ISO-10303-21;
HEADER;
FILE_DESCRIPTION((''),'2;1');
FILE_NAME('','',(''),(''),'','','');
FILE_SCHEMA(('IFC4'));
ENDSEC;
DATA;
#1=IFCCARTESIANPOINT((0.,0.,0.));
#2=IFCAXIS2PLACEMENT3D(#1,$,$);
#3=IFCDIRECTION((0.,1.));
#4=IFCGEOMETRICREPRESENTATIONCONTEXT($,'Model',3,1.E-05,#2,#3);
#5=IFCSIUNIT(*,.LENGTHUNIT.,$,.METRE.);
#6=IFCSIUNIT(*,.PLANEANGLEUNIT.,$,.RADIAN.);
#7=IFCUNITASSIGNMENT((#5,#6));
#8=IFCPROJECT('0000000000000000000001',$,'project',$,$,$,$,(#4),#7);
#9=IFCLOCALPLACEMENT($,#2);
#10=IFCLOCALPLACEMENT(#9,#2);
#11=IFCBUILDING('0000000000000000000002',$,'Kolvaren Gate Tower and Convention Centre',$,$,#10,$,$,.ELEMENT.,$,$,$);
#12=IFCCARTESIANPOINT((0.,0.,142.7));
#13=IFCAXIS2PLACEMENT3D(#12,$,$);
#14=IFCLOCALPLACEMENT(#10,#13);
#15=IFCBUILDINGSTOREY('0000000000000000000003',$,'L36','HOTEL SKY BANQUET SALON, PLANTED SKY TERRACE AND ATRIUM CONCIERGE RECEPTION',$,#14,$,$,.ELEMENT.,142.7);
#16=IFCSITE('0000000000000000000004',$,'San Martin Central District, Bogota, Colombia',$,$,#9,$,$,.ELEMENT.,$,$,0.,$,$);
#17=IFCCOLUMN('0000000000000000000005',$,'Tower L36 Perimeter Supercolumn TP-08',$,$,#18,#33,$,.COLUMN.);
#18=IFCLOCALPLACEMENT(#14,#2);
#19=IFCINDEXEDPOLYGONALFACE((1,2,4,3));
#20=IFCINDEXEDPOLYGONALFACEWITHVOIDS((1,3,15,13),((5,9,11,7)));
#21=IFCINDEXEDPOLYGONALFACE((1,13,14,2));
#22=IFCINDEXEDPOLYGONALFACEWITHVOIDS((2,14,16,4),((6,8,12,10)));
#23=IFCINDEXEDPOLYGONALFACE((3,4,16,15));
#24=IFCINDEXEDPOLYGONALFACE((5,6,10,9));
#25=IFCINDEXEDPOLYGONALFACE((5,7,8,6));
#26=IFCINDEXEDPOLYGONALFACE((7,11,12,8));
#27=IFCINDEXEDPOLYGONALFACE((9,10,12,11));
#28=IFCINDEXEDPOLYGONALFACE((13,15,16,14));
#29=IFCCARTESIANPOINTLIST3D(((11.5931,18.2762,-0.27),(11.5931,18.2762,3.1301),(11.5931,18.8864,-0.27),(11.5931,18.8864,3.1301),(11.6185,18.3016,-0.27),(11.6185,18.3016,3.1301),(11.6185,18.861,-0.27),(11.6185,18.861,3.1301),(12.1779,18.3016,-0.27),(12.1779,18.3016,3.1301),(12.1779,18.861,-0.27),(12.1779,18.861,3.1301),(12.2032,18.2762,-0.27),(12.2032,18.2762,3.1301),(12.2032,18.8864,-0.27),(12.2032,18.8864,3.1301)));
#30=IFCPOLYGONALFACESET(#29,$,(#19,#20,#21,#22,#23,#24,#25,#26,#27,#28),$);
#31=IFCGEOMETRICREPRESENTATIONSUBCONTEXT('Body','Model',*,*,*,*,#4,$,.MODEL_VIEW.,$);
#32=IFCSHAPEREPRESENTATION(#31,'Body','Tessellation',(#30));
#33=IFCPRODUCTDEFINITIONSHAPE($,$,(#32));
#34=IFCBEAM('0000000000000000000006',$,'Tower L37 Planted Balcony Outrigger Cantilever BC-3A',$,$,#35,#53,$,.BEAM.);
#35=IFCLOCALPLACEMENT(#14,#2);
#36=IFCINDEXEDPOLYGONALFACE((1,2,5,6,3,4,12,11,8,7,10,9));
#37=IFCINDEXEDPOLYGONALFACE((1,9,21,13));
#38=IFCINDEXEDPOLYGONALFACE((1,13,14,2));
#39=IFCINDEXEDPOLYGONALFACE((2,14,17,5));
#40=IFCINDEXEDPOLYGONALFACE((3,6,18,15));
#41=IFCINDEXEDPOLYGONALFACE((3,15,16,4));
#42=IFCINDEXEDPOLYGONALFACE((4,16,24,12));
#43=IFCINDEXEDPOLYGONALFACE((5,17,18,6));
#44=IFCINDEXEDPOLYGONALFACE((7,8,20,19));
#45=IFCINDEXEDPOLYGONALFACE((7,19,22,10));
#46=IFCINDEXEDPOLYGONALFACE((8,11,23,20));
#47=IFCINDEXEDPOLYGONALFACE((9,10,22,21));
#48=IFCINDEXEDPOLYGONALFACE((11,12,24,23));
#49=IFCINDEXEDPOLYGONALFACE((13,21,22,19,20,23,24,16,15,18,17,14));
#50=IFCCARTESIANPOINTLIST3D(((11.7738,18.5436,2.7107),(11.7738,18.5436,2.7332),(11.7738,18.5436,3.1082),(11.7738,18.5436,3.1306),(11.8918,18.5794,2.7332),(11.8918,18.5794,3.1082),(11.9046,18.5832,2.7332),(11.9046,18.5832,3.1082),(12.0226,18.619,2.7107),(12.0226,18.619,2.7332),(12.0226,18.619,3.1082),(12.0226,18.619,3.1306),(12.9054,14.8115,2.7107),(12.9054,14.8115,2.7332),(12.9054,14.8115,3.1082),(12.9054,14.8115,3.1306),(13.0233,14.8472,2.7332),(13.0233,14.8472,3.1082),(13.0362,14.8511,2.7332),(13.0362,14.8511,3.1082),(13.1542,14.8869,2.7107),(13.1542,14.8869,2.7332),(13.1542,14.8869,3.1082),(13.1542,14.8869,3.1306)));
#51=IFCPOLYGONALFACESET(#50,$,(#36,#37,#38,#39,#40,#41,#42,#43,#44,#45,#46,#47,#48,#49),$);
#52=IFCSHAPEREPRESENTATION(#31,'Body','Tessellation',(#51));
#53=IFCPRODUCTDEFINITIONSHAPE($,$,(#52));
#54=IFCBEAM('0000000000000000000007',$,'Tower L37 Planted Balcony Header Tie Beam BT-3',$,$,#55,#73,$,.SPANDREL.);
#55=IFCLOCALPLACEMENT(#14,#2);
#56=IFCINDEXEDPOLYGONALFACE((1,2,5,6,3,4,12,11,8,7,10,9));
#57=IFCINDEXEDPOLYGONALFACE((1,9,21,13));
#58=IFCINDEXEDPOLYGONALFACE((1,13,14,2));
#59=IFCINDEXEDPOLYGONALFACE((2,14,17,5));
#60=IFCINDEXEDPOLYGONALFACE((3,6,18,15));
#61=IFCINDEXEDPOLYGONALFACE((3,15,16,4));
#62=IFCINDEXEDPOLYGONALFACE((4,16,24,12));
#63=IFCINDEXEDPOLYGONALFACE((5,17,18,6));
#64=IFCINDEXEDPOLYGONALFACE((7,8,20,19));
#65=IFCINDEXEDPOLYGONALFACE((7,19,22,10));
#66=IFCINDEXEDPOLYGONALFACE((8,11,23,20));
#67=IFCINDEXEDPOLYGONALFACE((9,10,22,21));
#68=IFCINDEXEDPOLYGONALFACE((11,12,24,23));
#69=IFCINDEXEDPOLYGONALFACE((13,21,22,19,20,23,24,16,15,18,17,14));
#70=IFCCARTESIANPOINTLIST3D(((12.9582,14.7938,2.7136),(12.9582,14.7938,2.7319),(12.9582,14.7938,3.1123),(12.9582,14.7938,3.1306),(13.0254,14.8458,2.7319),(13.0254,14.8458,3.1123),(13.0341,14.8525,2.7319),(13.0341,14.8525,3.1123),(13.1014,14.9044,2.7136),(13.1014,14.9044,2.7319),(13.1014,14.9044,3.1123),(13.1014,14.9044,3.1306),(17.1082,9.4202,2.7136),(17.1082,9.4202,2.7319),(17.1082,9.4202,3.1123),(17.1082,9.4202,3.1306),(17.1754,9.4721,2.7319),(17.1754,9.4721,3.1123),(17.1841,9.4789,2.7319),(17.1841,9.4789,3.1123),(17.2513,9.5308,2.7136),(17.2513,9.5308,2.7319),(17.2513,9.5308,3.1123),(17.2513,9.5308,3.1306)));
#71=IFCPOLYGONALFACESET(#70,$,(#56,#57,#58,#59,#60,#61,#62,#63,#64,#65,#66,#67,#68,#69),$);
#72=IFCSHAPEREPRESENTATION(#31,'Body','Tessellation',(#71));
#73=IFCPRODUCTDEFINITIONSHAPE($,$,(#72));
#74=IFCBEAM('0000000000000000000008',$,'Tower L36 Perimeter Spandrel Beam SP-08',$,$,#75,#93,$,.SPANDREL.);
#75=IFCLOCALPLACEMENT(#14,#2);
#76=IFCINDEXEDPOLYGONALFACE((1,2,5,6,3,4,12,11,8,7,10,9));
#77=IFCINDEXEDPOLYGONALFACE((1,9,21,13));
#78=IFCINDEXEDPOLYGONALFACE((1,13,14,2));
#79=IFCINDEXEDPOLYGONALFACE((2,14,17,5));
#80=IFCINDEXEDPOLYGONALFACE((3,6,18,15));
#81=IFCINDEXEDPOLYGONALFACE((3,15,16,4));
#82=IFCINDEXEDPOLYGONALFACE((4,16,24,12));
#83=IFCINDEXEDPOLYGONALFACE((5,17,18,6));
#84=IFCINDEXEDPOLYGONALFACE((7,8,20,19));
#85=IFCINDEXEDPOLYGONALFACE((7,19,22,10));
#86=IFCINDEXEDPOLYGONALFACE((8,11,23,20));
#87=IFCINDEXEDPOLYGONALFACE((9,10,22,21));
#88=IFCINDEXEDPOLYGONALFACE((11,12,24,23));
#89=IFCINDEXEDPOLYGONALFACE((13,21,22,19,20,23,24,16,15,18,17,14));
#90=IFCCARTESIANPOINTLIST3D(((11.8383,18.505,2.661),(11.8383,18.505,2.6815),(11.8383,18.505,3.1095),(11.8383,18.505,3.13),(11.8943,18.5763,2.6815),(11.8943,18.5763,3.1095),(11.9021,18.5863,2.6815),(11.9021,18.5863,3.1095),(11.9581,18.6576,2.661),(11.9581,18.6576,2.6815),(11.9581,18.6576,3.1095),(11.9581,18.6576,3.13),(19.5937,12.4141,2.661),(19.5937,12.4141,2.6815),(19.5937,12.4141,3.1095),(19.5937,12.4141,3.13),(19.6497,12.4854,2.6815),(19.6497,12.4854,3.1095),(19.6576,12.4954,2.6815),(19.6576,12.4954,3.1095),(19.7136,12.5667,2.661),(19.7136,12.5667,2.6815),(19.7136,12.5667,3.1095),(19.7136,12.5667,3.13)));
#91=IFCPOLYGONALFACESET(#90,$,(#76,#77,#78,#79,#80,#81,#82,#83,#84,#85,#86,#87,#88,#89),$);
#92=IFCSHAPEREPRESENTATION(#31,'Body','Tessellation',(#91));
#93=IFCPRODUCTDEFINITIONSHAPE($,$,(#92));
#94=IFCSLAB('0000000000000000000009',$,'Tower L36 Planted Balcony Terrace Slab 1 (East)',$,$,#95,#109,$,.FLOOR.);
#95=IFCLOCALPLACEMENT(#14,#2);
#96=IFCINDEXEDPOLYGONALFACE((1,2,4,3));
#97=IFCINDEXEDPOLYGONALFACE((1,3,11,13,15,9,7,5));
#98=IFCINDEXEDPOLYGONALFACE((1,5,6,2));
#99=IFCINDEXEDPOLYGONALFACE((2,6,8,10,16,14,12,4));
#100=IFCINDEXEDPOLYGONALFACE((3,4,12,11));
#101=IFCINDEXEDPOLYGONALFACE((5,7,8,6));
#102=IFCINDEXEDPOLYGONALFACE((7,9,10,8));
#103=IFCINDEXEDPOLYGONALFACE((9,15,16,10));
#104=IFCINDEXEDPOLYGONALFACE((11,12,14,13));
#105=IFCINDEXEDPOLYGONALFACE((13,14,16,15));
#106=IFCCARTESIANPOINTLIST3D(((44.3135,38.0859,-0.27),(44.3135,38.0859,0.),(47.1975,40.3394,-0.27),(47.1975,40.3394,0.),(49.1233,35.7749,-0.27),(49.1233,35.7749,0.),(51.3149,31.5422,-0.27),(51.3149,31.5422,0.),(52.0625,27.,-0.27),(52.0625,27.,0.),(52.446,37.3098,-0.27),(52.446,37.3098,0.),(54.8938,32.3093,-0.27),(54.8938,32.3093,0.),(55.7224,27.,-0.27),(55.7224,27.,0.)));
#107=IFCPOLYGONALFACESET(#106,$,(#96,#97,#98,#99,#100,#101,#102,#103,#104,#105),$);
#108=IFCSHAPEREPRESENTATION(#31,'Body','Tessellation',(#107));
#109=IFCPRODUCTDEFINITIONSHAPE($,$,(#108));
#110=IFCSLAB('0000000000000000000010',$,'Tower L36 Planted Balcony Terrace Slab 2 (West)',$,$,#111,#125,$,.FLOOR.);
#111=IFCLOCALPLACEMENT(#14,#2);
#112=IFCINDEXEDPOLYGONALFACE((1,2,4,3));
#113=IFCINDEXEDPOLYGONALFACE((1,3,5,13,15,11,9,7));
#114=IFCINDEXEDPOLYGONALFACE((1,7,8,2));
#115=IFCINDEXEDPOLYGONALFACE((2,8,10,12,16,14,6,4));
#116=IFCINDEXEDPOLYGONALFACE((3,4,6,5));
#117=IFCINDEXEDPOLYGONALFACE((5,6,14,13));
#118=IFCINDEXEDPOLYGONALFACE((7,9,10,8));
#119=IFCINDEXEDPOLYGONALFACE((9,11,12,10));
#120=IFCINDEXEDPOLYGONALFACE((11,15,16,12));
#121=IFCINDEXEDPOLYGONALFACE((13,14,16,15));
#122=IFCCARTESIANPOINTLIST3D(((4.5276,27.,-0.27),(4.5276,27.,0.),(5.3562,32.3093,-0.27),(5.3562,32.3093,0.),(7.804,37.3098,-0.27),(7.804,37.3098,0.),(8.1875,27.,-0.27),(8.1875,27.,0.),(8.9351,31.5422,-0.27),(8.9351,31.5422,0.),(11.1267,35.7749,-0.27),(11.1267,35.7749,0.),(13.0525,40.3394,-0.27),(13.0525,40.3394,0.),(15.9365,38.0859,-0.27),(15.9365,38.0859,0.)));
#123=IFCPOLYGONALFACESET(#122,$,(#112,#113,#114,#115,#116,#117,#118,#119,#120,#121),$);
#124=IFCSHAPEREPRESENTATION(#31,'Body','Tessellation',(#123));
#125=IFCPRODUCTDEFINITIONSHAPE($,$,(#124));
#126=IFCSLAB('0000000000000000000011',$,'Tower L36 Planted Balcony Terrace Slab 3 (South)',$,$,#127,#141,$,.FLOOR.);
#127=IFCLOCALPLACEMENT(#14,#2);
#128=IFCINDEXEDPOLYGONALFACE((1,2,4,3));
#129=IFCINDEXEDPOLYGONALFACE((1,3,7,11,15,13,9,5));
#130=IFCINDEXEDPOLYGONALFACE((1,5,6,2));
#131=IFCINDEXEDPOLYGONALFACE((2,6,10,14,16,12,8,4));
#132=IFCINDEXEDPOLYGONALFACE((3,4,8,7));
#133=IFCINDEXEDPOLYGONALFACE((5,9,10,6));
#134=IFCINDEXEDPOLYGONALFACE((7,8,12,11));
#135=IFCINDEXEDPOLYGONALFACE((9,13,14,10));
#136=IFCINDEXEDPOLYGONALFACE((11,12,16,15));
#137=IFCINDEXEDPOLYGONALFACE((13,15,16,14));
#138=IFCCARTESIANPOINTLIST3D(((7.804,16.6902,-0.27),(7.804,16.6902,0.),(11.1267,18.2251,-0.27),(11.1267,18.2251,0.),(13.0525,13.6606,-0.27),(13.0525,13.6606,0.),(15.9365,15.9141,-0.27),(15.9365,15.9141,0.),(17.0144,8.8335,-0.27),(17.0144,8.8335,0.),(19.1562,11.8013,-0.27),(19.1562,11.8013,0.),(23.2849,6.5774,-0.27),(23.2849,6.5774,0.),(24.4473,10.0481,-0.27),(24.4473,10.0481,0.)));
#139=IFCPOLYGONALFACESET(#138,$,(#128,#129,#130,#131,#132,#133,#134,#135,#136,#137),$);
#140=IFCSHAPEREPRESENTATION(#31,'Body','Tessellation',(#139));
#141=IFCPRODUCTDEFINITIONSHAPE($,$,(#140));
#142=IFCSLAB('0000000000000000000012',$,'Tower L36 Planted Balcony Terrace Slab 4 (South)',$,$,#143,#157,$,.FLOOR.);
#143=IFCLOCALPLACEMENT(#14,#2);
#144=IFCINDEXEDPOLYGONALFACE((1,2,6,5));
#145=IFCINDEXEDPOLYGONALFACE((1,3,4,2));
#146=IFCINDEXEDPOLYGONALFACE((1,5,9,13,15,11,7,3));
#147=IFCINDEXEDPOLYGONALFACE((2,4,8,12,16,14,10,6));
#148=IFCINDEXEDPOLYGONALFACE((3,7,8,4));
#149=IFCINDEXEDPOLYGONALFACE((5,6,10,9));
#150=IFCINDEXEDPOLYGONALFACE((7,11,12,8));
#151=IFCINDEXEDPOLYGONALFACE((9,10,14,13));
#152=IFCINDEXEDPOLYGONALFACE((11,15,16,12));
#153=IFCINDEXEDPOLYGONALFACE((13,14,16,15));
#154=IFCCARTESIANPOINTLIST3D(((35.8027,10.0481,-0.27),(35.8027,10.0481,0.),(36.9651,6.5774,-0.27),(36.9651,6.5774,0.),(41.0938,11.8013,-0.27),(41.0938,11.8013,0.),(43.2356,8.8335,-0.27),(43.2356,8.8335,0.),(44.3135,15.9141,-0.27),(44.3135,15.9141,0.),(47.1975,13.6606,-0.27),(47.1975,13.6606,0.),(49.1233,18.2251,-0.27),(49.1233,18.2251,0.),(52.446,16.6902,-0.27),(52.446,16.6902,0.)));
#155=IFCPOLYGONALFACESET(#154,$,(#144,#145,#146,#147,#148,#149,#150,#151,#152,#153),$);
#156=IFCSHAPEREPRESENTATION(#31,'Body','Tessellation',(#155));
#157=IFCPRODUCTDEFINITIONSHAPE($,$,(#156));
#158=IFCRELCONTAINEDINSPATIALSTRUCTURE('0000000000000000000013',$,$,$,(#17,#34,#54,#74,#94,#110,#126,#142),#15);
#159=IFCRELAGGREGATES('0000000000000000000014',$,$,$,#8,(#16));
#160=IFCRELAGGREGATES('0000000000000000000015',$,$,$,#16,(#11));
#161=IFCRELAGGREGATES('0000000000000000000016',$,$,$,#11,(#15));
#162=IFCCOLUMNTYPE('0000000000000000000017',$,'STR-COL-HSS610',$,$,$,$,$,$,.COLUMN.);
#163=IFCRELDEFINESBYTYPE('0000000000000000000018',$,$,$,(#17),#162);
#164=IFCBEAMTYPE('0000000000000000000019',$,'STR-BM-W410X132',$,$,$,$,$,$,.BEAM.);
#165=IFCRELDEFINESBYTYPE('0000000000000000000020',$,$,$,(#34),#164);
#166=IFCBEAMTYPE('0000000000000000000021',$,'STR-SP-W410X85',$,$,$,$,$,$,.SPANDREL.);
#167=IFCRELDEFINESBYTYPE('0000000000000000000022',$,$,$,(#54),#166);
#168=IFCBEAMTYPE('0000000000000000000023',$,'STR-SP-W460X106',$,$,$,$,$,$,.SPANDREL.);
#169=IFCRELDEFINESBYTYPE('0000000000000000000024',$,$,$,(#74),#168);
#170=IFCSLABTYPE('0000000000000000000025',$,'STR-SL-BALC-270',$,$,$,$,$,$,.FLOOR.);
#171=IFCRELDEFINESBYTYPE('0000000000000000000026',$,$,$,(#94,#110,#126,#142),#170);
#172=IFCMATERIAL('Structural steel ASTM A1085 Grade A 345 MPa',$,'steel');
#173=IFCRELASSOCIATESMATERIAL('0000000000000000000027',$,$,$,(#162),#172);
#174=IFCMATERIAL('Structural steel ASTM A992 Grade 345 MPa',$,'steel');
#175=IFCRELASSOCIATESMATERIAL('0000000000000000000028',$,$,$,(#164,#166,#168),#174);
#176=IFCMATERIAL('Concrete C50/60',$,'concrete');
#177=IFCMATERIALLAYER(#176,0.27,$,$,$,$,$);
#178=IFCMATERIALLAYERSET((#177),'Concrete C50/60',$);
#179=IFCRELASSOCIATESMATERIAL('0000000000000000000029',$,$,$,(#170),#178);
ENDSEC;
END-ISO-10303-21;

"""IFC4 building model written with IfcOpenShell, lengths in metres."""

from ifc_helpers import new_model, si_unit, direction, frame, origin, origin_2d, place, context, subcontext, project, spatial, polyline, hollow_rectangle, i_section, outline, extrude, material, layer, layer_set, material_profile, profile_set, type_object, element, save


model = new_model("IFC4")

# Units and contexts
model_context = context("Model", 3, precision=1e-05, world=origin(), true_north=direction((0.0, 1.0)))
body_context = subcontext(model_context, "Body", "Model", "MODEL_VIEW")
ifc_project = project(units=[si_unit("LENGTHUNIT", "METRE"), si_unit("PLANEANGLEUNIT", "RADIAN")], contexts=[model_context])

# Site, building, storey
site_placement = place(None, origin())
site = spatial("IfcSite", under=ifc_project, at=site_placement, Name="San Martin Central District, Bogota, Colombia", CompositionType="ELEMENT", RefElevation=0.0)
building_placement = place(site_placement, origin())
building = spatial("IfcBuilding", under=site, at=building_placement, Name="Kolvaren Gate Tower and Convention Centre", CompositionType="ELEMENT")
storey_placement = place(building_placement, frame((0.0, 0.0, 142.7)))
storey = spatial("IfcBuildingStorey", under=building, at=storey_placement, Name="L36", Description="HOTEL SKY BANQUET SALON, PLANTED SKY TERRACE AND ATRIUM CONCIERGE RECEPTION", CompositionType="ELEMENT", Elevation=142.7)

# Column
ifc_material_1 = material(Name="Structural steel ASTM A1085 Grade A 345 MPa", Category="steel")
ifc_material_profile_1 = material_profile(ifc_material_1, hollow_rectangle(XDim=0.6101, YDim=0.6101, WallThickness=0.0254, at=origin_2d()), Name="HSS610X610X25.4")
ifc_profile_set_1 = profile_set([ifc_material_profile_1], Name="Structural steel ASTM A1085 Grade A 345 MPa")
column_type = type_object("IfcColumnType", Name="STR-COL-HSS610", PredefinedType="COLUMN", material=ifc_profile_set_1)
column_placement = place(storey_placement, frame((11.8982, 18.5813, -0.27), z_axis=(0.0, 0.0, 1.0), x_axis=(1.0, 0.0, 0.0)))
element("IfcColumn", 1, at=column_placement, inside=storey, type_object=column_type, Name="Tower L36 Perimeter Supercolumn TP-08", PredefinedType="COLUMN", context=body_context, shape_type="SweptSolid", body=[
    extrude(hollow_rectangle(XDim=0.6101, YDim=0.6101, WallThickness=0.0254, at=origin_2d()), origin(), (0.0, 0.0, 1.0), 3.4001),
])

# Beams
ifc_material_2 = material(Name="Structural steel ASTM A992 Grade 345 MPa", Category="steel")
ifc_material_profile_2 = material_profile(ifc_material_2, i_section(OverallWidth=0.26, OverallDepth=0.4199, WebThickness=0.0134, FlangeThickness=0.0225, at=origin_2d()), Name="W410X132")
ifc_profile_set_2 = profile_set([ifc_material_profile_2], Name="Structural steel ASTM A992 Grade 345 MPa")
beam_type_1 = type_object("IfcBeamType", Name="STR-BM-W410X132", PredefinedType="BEAM", material=ifc_profile_set_2)
beam_1_placement = place(storey_placement, frame((11.8982, 18.5813, 2.9207), z_axis=(0.290155, -0.95698, 0.0), x_axis=(0.95698, 0.290155, 0.0)))
element("IfcBeam", 2, at=beam_1_placement, inside=storey, type_object=beam_type_1, Name="Tower L37 Planted Balcony Outrigger Cantilever BC-3A", PredefinedType="BEAM", context=body_context, shape_type="SweptSolid", body=[
    extrude(i_section(OverallWidth=0.26, OverallDepth=0.4199, WebThickness=0.0134, FlangeThickness=0.0225, at=origin_2d()), origin(), (0.0, 0.0, 1.0), 3.8999),
])
ifc_material_profile_3 = material_profile(ifc_material_2, i_section(OverallWidth=0.1809, OverallDepth=0.417, WebThickness=0.011, FlangeThickness=0.0183, at=origin_2d()), Name="W410X85")
ifc_profile_set_3 = profile_set([ifc_material_profile_3], Name="Structural steel ASTM A992 Grade 345 MPa")
beam_type_2 = type_object("IfcBeamType", Name="STR-SP-W410X85", PredefinedType="SPANDREL", material=ifc_profile_set_3)
beam_2_placement = place(storey_placement, frame((13.0298, 14.8491, 2.9221), z_axis=(0.611228, -0.791454, 0.0), x_axis=(0.791454, 0.611228, 0.0)))
element("IfcBeam", 3, at=beam_2_placement, inside=storey, type_object=beam_type_2, Name="Tower L37 Planted Balcony Header Tie Beam BT-3", PredefinedType="SPANDREL", context=body_context, shape_type="SweptSolid", body=[
    extrude(i_section(OverallWidth=0.1809, OverallDepth=0.417, WebThickness=0.011, FlangeThickness=0.0183, at=origin_2d()), origin(), (0.0, 0.0, 1.0), 6.7896),
])
ifc_material_profile_4 = material_profile(ifc_material_2, i_section(OverallWidth=0.1941, OverallDepth=0.469, WebThickness=0.0127, FlangeThickness=0.0205, at=origin_2d()), Name="W460X106")
ifc_profile_set_4 = profile_set([ifc_material_profile_4], Name="Structural steel ASTM A992 Grade 345 MPa")
beam_type_3 = type_object("IfcBeamType", Name="STR-SP-W460X106", PredefinedType="SPANDREL", material=ifc_profile_set_4)
beam_3_placement = place(storey_placement, frame((11.8982, 18.5813, 2.8955), z_axis=(0.786451, -0.617653, 0.0), x_axis=(0.617653, 0.786451, 0.0)))
element("IfcBeam", 4, at=beam_3_placement, inside=storey, type_object=beam_type_3, Name="Tower L36 Perimeter Spandrel Beam SP-08", PredefinedType="SPANDREL", context=body_context, shape_type="SweptSolid", body=[
    extrude(i_section(OverallWidth=0.1941, OverallDepth=0.469, WebThickness=0.0127, FlangeThickness=0.0205, at=origin_2d()), origin(), (0.0, 0.0, 1.0), 9.8613),
])

# Slabs
ifc_material_3 = material(Name="Concrete C50/60", Category="concrete")
ifc_layer_1 = layer(ifc_material_3, 0.27)
ifc_layer_set_1 = layer_set([ifc_layer_1], Name="Concrete C50/60")
slab_type_1 = type_object("IfcSlabType", Name="STR-SL-BALC-270", PredefinedType="FLOOR", material=ifc_layer_set_1)
slab_1_placement = place(storey_placement, frame((0.0, 0.0, -0.27)))
element("IfcSlab", 5, at=slab_1_placement, inside=storey, type_object=slab_type_1, Name="Tower L36 Planted Balcony Terrace Slab 1 (East)", PredefinedType="FLOOR", context=body_context, shape_type="SweptSolid", body=[
    extrude(outline(polyline([(52.0625, 27.0), (51.3149, 31.5422), (49.1233, 35.7749), (44.3135, 38.0859), (47.1975, 40.3394), (52.446, 37.3098), (54.8938, 32.3093), (55.7224, 27.0), (52.0625, 27.0)])), origin(), (0.0, 0.0, 1.0), 0.27),
])
slab_2_placement = place(storey_placement, frame((0.0, 0.0, -0.27)))
element("IfcSlab", 6, at=slab_2_placement, inside=storey, type_object=slab_type_1, Name="Tower L36 Planted Balcony Terrace Slab 2 (West)", PredefinedType="FLOOR", context=body_context, shape_type="SweptSolid", body=[
    extrude(outline(polyline([(15.9365, 38.0859), (11.1267, 35.7749), (8.9351, 31.5422), (8.1875, 27.0), (4.5276, 27.0), (5.3562, 32.3093), (7.804, 37.3098), (13.0525, 40.3394), (15.9365, 38.0859)])), origin(), (0.0, 0.0, 1.0), 0.27),
])
slab_3_placement = place(storey_placement, frame((0.0, 0.0, -0.27)))
element("IfcSlab", 7, at=slab_3_placement, inside=storey, type_object=slab_type_1, Name="Tower L36 Planted Balcony Terrace Slab 3 (South)", PredefinedType="FLOOR", context=body_context, shape_type="SweptSolid", body=[
    extrude(outline(polyline([(11.1267, 18.2251), (15.9365, 15.9141), (19.1562, 11.8013), (24.4473, 10.0481), (23.2849, 6.5774), (17.0144, 8.8335), (13.0525, 13.6606), (7.804, 16.6902), (11.1267, 18.2251)])), origin(), (0.0, 0.0, 1.0), 0.27),
])
slab_4_placement = place(storey_placement, frame((0.0, 0.0, -0.27)))
element("IfcSlab", 8, at=slab_4_placement, inside=storey, type_object=slab_type_1, Name="Tower L36 Planted Balcony Terrace Slab 4 (South)", PredefinedType="FLOOR", context=body_context, shape_type="SweptSolid", body=[
    extrude(outline(polyline([(35.8027, 10.0481), (41.0938, 11.8013), (44.3135, 15.9141), (49.1233, 18.2251), (52.446, 16.6902), (47.1975, 13.6606), (43.2356, 8.8335), (36.9651, 6.5774), (35.8027, 10.0481)])), origin(), (0.0, 0.0, 1.0), 0.27),
])

save(model, "model.ifc")
